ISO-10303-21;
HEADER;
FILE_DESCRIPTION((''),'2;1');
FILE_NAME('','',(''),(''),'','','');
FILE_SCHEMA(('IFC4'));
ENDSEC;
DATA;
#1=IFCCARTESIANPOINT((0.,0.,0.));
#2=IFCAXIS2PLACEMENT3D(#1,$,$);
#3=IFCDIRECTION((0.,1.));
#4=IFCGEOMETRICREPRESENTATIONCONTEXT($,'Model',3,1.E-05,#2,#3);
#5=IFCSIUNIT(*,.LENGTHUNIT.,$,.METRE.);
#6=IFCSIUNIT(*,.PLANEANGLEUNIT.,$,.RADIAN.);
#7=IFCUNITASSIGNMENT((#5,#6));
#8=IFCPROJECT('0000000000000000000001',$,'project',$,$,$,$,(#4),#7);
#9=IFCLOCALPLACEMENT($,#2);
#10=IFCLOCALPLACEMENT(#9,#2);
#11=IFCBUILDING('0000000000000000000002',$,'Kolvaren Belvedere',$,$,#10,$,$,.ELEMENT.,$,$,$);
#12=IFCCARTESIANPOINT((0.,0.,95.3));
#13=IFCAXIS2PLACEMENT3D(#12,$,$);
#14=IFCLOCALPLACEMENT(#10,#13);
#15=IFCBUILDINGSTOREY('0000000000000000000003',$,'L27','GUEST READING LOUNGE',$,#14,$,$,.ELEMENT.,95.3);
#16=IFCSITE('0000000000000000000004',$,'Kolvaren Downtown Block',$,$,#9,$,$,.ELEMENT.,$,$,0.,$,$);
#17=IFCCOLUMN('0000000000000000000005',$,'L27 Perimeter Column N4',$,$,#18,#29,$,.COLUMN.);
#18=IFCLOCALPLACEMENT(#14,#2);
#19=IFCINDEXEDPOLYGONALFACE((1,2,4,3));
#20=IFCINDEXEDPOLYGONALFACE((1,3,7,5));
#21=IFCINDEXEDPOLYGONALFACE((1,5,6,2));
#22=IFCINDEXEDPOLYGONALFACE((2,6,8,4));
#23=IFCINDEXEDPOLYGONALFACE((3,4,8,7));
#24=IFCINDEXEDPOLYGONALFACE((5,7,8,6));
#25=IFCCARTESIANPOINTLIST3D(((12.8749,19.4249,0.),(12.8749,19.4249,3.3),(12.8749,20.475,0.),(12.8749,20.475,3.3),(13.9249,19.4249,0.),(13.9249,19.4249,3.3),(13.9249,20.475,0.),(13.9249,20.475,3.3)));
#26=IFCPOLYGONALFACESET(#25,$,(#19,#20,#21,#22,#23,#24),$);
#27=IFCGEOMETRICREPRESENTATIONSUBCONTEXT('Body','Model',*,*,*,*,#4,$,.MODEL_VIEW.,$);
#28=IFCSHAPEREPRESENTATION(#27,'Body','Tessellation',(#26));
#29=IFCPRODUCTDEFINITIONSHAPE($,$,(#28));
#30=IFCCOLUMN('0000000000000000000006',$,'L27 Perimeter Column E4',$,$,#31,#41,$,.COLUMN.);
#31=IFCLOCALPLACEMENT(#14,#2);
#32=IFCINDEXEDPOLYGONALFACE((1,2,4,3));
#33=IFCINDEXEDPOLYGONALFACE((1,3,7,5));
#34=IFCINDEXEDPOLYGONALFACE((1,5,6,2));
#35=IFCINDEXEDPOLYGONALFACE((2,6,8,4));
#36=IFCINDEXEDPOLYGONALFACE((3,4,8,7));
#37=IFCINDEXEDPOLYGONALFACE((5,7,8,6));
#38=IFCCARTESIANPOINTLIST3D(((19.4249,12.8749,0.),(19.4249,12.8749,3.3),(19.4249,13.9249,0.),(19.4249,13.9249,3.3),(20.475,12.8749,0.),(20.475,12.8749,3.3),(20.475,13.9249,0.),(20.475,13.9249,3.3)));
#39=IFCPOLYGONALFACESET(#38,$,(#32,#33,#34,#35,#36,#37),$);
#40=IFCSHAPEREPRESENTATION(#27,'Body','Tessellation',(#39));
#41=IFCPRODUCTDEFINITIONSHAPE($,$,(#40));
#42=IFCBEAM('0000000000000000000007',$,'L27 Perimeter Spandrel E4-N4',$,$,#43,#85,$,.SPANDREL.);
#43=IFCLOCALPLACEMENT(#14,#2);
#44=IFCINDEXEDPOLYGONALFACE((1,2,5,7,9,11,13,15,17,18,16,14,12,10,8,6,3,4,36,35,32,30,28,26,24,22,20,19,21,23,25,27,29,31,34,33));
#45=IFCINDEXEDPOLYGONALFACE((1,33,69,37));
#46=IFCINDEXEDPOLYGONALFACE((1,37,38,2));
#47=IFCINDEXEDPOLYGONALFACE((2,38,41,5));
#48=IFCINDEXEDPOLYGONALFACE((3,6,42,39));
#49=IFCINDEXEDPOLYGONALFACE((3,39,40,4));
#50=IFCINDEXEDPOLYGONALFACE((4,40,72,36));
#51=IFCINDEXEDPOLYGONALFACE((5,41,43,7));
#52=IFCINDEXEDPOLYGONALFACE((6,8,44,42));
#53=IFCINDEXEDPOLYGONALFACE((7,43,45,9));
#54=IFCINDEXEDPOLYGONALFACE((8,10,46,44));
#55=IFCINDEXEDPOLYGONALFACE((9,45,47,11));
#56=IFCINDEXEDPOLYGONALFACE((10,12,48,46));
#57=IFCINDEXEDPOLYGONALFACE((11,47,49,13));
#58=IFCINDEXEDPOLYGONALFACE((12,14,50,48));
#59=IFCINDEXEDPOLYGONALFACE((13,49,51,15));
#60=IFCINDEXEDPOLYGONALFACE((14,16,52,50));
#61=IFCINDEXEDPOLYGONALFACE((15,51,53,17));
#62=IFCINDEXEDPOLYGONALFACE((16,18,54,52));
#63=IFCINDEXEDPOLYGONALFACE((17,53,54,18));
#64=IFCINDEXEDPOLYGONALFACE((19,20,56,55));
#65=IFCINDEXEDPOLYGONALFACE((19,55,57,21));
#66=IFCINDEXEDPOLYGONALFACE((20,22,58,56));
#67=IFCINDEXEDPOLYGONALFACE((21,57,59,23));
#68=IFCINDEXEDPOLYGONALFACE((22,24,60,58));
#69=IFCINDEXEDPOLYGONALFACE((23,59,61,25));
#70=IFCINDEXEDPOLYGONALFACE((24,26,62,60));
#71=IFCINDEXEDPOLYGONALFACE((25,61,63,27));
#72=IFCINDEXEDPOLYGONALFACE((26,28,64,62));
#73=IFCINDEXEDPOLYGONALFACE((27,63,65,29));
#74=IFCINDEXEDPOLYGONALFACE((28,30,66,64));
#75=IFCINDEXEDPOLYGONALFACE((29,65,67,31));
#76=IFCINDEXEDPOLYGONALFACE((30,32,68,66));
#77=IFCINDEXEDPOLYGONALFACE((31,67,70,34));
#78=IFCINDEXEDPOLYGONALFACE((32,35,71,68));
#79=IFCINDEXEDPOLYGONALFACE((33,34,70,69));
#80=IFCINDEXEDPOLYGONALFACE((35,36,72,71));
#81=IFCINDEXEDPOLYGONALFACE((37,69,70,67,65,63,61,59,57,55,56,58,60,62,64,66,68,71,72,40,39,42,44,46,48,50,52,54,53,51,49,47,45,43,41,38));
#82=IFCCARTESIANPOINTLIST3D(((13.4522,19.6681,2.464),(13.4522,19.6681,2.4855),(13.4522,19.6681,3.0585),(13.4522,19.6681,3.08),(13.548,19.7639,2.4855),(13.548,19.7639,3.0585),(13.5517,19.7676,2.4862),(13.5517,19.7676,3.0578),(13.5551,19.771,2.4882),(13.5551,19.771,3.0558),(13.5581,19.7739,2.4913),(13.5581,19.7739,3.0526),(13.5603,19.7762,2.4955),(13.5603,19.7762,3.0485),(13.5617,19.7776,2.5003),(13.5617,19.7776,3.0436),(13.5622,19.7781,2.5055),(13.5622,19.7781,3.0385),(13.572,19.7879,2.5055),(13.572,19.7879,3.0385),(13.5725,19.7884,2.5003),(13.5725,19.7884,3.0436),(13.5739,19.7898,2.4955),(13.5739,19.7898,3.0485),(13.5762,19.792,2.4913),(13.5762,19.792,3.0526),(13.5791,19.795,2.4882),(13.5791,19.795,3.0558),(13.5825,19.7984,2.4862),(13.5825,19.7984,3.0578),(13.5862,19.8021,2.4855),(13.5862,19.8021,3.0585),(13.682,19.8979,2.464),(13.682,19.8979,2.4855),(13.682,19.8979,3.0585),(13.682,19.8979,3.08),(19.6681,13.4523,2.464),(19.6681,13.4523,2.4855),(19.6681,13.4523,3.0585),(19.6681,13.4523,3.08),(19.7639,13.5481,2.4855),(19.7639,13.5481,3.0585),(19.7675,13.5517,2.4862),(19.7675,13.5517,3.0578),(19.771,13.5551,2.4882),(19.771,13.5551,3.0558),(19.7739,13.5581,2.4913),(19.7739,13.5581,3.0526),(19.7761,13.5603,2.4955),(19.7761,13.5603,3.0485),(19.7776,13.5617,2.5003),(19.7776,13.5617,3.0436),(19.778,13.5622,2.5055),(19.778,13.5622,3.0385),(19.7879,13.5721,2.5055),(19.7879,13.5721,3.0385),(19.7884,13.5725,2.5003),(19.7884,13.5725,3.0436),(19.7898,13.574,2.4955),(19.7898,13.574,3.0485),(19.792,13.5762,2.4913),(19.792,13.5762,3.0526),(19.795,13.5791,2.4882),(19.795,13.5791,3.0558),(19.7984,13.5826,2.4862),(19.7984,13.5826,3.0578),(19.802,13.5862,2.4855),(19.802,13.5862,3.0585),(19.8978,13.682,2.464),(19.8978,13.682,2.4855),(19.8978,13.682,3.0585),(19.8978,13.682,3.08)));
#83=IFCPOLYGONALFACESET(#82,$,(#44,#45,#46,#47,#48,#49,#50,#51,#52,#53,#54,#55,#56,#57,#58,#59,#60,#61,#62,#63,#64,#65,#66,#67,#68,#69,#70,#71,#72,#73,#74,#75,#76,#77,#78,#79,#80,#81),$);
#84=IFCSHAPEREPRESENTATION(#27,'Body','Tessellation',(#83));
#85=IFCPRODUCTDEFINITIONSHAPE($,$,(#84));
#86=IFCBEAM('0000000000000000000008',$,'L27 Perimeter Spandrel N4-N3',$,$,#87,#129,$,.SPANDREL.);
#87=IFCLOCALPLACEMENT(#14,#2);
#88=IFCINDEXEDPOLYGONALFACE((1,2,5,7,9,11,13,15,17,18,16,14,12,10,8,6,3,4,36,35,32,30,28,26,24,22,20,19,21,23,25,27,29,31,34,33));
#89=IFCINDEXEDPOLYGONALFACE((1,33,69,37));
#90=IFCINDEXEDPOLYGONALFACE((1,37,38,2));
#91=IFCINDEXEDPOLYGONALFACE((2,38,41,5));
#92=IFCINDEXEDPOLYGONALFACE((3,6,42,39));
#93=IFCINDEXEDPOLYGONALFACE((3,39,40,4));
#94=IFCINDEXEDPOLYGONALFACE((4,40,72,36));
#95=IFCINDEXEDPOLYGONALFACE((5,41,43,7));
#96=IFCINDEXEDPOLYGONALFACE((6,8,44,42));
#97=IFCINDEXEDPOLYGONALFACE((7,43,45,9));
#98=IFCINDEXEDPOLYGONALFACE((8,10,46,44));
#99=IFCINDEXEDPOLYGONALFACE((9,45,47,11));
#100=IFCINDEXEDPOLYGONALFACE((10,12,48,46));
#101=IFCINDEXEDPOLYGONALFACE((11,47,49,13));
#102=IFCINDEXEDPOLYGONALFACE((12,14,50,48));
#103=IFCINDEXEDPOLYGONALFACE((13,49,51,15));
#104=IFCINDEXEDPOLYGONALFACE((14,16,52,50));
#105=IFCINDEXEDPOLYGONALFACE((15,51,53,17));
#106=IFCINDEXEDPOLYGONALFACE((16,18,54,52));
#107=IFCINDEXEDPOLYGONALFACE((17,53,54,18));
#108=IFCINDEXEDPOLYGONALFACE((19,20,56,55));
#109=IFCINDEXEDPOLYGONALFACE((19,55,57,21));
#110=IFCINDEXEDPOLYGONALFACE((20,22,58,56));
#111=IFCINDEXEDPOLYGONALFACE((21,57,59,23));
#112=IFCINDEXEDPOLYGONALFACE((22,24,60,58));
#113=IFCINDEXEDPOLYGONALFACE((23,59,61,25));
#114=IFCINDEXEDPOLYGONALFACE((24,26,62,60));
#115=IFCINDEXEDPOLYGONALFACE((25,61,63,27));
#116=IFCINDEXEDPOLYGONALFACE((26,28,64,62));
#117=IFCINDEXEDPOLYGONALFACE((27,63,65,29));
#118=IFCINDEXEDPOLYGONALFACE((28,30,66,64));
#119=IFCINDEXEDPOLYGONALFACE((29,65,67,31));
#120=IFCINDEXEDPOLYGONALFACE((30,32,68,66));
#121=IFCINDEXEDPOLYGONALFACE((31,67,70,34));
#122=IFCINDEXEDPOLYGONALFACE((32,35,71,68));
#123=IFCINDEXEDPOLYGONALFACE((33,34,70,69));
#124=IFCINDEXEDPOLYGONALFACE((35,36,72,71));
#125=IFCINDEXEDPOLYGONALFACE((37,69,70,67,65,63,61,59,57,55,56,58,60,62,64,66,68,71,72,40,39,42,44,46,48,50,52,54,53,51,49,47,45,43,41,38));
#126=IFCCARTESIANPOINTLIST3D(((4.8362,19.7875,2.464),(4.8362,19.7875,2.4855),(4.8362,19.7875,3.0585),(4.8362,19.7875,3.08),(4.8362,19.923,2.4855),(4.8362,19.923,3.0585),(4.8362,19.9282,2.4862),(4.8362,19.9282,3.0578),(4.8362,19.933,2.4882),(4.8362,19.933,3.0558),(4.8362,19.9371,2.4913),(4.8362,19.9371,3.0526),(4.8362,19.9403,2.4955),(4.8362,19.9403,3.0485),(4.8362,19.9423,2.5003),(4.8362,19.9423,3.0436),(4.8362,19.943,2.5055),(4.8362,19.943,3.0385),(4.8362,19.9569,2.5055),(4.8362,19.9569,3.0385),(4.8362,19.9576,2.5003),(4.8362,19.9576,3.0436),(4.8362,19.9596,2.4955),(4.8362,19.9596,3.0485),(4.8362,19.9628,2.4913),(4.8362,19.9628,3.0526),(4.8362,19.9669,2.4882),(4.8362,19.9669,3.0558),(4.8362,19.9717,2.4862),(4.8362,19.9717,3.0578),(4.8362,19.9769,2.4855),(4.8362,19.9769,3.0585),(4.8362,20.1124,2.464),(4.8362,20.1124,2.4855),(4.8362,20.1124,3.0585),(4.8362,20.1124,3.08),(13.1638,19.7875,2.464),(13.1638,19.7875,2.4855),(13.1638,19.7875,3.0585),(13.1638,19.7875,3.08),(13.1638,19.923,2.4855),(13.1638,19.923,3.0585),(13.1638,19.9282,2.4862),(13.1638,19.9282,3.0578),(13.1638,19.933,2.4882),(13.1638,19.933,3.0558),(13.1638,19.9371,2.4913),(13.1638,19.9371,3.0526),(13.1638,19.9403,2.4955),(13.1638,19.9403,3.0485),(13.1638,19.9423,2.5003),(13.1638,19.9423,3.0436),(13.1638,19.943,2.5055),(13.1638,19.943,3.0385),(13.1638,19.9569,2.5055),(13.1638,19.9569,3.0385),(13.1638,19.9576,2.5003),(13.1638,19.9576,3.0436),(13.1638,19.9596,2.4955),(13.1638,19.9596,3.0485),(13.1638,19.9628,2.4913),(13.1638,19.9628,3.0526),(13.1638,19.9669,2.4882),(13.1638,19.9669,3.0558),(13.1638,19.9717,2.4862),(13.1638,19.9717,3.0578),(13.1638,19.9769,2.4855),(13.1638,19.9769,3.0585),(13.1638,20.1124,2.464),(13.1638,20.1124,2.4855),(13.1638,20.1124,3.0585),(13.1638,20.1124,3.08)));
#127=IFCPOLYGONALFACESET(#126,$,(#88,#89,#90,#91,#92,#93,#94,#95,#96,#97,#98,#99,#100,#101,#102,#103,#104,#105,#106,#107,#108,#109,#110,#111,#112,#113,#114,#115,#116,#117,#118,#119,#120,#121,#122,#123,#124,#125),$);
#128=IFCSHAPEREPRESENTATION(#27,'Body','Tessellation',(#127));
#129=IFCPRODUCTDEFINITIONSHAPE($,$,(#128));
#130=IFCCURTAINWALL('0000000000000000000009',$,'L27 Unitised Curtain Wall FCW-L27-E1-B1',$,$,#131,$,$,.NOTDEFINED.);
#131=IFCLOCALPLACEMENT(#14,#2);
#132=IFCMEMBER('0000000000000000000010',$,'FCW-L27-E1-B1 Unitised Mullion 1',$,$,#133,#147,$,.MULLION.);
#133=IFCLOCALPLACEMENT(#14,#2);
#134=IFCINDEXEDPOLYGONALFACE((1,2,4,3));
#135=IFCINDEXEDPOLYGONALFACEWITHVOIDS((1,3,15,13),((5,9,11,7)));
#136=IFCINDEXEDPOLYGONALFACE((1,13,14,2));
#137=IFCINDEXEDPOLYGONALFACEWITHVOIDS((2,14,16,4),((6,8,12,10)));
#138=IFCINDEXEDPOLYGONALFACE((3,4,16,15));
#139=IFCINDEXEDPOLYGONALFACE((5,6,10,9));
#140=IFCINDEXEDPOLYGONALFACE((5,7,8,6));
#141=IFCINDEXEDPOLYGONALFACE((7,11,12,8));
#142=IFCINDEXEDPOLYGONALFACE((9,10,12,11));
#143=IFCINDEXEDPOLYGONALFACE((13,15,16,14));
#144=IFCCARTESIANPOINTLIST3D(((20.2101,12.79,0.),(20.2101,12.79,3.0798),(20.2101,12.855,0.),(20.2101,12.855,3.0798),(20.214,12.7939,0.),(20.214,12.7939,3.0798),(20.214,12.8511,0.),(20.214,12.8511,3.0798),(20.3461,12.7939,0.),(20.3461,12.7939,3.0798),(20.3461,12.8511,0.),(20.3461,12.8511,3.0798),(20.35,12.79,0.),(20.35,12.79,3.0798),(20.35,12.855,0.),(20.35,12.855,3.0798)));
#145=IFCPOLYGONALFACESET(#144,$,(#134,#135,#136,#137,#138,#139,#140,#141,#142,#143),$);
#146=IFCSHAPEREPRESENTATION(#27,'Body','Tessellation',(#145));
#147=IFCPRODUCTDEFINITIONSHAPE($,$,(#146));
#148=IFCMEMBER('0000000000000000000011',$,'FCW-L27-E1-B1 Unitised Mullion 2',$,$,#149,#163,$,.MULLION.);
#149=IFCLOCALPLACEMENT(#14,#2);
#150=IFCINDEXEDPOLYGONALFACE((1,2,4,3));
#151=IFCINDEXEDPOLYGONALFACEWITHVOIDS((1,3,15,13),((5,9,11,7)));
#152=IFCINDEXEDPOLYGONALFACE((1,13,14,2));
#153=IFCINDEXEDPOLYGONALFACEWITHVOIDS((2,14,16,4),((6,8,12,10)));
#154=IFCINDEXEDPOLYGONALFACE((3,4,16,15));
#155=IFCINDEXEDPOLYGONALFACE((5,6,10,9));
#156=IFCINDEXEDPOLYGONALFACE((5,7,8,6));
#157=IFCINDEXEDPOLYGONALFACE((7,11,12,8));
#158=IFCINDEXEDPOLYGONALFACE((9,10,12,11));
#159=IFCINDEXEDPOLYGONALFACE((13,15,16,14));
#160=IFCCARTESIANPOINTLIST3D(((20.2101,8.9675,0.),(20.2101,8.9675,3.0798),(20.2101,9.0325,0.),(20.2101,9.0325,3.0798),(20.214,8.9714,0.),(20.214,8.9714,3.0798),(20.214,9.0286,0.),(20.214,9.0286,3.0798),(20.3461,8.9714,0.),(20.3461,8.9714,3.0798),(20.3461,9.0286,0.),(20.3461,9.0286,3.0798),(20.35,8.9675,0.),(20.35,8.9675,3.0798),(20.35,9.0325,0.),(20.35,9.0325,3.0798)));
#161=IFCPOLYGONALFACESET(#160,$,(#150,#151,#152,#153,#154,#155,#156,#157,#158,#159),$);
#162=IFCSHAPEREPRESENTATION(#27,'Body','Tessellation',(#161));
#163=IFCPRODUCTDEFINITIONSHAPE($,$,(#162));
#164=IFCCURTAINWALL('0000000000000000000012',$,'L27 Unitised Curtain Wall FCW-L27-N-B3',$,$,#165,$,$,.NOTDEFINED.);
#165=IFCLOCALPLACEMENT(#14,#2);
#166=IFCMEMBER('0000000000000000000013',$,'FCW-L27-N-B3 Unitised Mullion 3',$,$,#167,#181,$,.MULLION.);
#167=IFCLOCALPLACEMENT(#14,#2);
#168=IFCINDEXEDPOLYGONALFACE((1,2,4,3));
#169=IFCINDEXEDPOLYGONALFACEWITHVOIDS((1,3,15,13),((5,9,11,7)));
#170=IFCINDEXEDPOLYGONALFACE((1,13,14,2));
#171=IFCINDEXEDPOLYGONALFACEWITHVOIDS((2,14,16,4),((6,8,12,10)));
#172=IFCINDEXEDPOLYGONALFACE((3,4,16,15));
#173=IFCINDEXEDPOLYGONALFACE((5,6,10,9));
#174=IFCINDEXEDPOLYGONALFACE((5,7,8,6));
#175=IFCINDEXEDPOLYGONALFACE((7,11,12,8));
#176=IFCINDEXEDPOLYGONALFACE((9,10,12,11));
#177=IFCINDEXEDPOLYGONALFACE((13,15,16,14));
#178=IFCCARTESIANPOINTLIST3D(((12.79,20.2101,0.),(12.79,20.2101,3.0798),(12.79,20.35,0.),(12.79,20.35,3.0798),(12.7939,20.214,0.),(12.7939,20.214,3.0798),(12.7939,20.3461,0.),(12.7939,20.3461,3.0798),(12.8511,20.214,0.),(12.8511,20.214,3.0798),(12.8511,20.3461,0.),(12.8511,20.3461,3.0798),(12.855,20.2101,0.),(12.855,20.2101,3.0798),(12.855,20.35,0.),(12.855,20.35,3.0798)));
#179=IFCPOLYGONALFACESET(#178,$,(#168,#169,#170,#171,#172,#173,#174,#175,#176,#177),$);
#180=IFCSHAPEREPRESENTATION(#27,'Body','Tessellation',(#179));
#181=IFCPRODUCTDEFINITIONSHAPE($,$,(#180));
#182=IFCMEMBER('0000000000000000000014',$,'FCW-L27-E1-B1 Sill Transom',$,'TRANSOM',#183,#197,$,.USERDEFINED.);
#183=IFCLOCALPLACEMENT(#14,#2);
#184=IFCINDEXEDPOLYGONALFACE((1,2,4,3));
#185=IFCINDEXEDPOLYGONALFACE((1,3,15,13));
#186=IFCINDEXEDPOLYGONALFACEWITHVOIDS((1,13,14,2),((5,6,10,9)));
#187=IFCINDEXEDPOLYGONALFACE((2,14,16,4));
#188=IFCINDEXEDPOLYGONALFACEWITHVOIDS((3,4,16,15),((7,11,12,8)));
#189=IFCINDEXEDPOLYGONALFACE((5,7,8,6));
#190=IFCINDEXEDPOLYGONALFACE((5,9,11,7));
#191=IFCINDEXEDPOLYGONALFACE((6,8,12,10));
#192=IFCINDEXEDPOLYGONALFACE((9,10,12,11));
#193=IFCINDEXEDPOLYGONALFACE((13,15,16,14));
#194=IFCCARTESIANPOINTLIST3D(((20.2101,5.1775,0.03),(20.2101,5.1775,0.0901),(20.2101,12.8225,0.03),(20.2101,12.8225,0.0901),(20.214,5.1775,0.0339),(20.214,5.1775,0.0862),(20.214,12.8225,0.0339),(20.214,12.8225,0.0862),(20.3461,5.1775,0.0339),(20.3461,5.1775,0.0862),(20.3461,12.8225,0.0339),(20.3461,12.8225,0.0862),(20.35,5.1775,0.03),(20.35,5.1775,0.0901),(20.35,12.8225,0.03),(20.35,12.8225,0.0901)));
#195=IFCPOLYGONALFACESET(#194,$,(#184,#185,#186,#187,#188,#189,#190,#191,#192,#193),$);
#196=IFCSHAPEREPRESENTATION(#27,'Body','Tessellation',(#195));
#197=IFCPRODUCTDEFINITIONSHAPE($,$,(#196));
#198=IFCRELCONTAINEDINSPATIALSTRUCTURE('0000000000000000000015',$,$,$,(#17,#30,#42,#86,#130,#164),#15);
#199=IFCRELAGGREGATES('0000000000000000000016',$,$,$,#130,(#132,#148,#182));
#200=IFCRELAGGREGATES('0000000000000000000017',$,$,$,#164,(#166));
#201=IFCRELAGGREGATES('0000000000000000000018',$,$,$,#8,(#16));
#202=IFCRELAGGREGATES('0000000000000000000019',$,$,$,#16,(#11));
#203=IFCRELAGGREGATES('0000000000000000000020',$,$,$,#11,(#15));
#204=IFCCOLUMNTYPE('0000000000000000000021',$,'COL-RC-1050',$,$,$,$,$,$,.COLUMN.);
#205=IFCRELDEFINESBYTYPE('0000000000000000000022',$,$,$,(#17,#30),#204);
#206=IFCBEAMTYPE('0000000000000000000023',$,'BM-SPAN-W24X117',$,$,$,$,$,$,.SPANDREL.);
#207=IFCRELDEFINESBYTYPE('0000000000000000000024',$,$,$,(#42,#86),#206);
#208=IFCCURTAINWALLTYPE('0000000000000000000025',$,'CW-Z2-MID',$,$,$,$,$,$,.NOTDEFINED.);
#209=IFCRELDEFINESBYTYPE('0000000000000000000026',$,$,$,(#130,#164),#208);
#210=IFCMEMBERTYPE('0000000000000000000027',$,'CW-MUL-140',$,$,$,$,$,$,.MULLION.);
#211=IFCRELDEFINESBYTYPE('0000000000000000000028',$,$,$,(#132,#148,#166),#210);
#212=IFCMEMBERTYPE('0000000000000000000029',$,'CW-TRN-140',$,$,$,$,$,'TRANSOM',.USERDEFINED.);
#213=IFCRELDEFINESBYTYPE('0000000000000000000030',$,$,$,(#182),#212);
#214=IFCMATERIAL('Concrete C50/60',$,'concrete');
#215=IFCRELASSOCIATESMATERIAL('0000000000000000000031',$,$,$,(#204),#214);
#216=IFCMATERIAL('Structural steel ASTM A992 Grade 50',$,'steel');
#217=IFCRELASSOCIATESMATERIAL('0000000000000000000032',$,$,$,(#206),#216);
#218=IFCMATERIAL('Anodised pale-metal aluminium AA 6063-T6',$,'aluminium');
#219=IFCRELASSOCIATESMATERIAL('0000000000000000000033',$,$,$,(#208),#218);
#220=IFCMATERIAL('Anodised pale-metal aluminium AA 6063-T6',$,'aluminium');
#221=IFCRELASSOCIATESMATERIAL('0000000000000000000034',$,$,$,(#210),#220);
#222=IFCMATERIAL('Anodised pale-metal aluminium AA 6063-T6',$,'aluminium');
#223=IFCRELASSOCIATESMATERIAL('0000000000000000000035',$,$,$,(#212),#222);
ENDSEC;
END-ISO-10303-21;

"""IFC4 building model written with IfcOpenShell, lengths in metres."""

from ifc_helpers import new_model, si_unit, direction, frame, origin, origin_2d, place, context, subcontext, project, spatial, rectangle, hollow_rectangle, i_section, extrude, material, material_profile, profile_set, type_object, element, aggregate, save


model = new_model("IFC4")

# Units and contexts
model_context = context("Model", 3, precision=1e-05, world=origin(), true_north=direction((0.0, 1.0)))
body_context = subcontext(model_context, "Body", "Model", "MODEL_VIEW")
ifc_project = project(units=[si_unit("LENGTHUNIT", "METRE"), si_unit("PLANEANGLEUNIT", "RADIAN")], contexts=[model_context])

# Site, building, storey
site_placement = place(None, origin())
site = spatial("IfcSite", under=ifc_project, at=site_placement, Name="Kolvaren Downtown Block", CompositionType="ELEMENT", RefElevation=0.0)
building_placement = place(site_placement, origin())
building = spatial("IfcBuilding", under=site, at=building_placement, Name="Kolvaren Belvedere", CompositionType="ELEMENT")
storey_placement = place(building_placement, frame((0.0, 0.0, 95.3)))
storey = spatial("IfcBuildingStorey", under=building, at=storey_placement, Name="L27", Description="GUEST READING LOUNGE", CompositionType="ELEMENT", Elevation=95.3)

# Columns
ifc_material_1 = material(Name="Concrete C50/60", Category="concrete")
ifc_material_profile_1 = material_profile(ifc_material_1, rectangle(XDim=1.05, YDim=1.05, at=origin_2d()), Name="RC 1050X1050")
ifc_profile_set_1 = profile_set([ifc_material_profile_1], Name="Concrete C50/60")
column_type = type_object("IfcColumnType", Name="COL-RC-1050", PredefinedType="COLUMN", material=ifc_profile_set_1)
for number, where, z_axis, x_axis, name in (
    (1, (13.3999, 19.95, 0.0), (0.0, 0.0, 1.0), (1.0, 0.0, 0.0), "L27 Perimeter Column N4"),
    (2, (19.95, 13.3999, 0.0), (0.0, 0.0, 1.0), (1.0, 0.0, 0.0), "L27 Perimeter Column E4"),
):
    element("IfcColumn", number, at=place(storey_placement, frame(where, z_axis=z_axis, x_axis=x_axis)), inside=storey, type_object=column_type, Name=name, PredefinedType="COLUMN", context=body_context, shape_type="SweptSolid", body=[
        extrude(rectangle(XDim=1.05, YDim=1.05, at=origin_2d()), origin(), (0.0, 0.0, 1.0), 3.3),
    ])

# Beams
ifc_material_2 = material(Name="Structural steel ASTM A992 Grade 50", Category="steel")
ifc_material_profile_2 = material_profile(ifc_material_2, i_section(OverallWidth=0.325, OverallDepth=0.616, WebThickness=0.0139, FlangeThickness=0.0215, FilletRadius=0.02, at=origin_2d()), Name="W24X117")
ifc_profile_set_2 = profile_set([ifc_material_profile_2], Name="Structural steel ASTM A992 Grade 50")
beam_type = type_object("IfcBeamType", Name="BM-SPAN-W24X117", PredefinedType="SPANDREL", material=ifc_profile_set_2)
beam_1_placement = place(storey_placement, frame((19.783, 13.5671, 2.772), z_axis=(-0.707107, 0.707107, 0.0), x_axis=(-0.707107, -0.707107, 0.0)))
element("IfcBeam", 3, at=beam_1_placement, inside=storey, type_object=beam_type, Name="L27 Perimeter Spandrel E4-N4", PredefinedType="SPANDREL", context=body_context, shape_type="SweptSolid", body=[
    extrude(i_section(OverallWidth=0.325, OverallDepth=0.616, WebThickness=0.0139, FlangeThickness=0.0215, FilletRadius=0.02, at=origin_2d()), origin(), (0.0, 0.0, 1.0), 8.7905),
])
beam_2_placement = place(storey_placement, frame((13.1638, 19.95, 2.772), z_axis=(-1.0, 0.0, 0.0), x_axis=(0.0, -1.0, 0.0)))
element("IfcBeam", 4, at=beam_2_placement, inside=storey, type_object=beam_type, Name="L27 Perimeter Spandrel N4-N3", PredefinedType="SPANDREL", context=body_context, shape_type="SweptSolid", body=[
    extrude(i_section(OverallWidth=0.325, OverallDepth=0.616, WebThickness=0.0139, FlangeThickness=0.0215, FilletRadius=0.02, at=origin_2d()), origin(), (0.0, 0.0, 1.0), 8.3276),
])

# Curtain wall, members
ifc_material_3 = material(Name="Anodised pale-metal aluminium AA 6063-T6", Category="aluminium")
curtain_wall_type = type_object("IfcCurtainWallType", Name="CW-Z2-MID", PredefinedType="NOTDEFINED", material=ifc_material_3)
curtain_wall_1_placement = place(storey_placement, origin())
curtain_wall_1 = element("IfcCurtainWall", 5, at=curtain_wall_1_placement, inside=storey, type_object=curtain_wall_type, Name="L27 Unitised Curtain Wall FCW-L27-E1-B1", PredefinedType="NOTDEFINED")
ifc_material_4 = material(Name="Anodised pale-metal aluminium AA 6063-T6", Category="aluminium")
ifc_material_profile_3 = material_profile(ifc_material_4, hollow_rectangle(XDim=0.0649, YDim=0.1399, WallThickness=0.0039, at=origin_2d()), Name="ALU-MUL-140X65")
ifc_profile_set_3 = profile_set([ifc_material_profile_3], Name="Anodised pale-metal aluminium AA 6063-T6")
member_type_1 = type_object("IfcMemberType", Name="CW-MUL-140", PredefinedType="MULLION", material=ifc_profile_set_3)
member_1_placement = place(storey_placement, frame((20.28, 12.8225, 0.0), z_axis=(0.0, 0.0, 1.0), x_axis=(0.0, 1.0, 0.0)))
member_1 = element("IfcMember", 6, at=member_1_placement, type_object=member_type_1, Name="FCW-L27-E1-B1 Unitised Mullion 1", PredefinedType="MULLION", context=body_context, shape_type="SweptSolid", body=[
    extrude(hollow_rectangle(XDim=0.0649, YDim=0.1399, WallThickness=0.0039, at=origin_2d()), origin(), (0.0, 0.0, 1.0), 3.0798),
])
member_2_placement = place(storey_placement, frame((20.28, 9.0, 0.0), z_axis=(0.0, 0.0, 1.0), x_axis=(0.0, 1.0, 0.0)))
member_2 = element("IfcMember", 7, at=member_2_placement, type_object=member_type_1, Name="FCW-L27-E1-B1 Unitised Mullion 2", PredefinedType="MULLION", context=body_context, shape_type="SweptSolid", body=[
    extrude(hollow_rectangle(XDim=0.0649, YDim=0.1399, WallThickness=0.0039, at=origin_2d()), origin(), (0.0, 0.0, 1.0), 3.0798),
])

# Curtain wall, member
curtain_wall_2_placement = place(storey_placement, origin())
curtain_wall_2 = element("IfcCurtainWall", 8, at=curtain_wall_2_placement, inside=storey, type_object=curtain_wall_type, Name="L27 Unitised Curtain Wall FCW-L27-N-B3", PredefinedType="NOTDEFINED")
member_3_placement = place(storey_placement, frame((12.8225, 20.28, 0.0), z_axis=(0.0, 0.0, 1.0), x_axis=(1.0, 0.0, 0.0)))
member_3 = element("IfcMember", 9, at=member_3_placement, type_object=member_type_1, Name="FCW-L27-N-B3 Unitised Mullion 3", PredefinedType="MULLION", context=body_context, shape_type="SweptSolid", body=[
    extrude(hollow_rectangle(XDim=0.0649, YDim=0.1399, WallThickness=0.0039, at=origin_2d()), origin(), (0.0, 0.0, 1.0), 3.0798),
])

# Member
ifc_material_5 = material(Name="Anodised pale-metal aluminium AA 6063-T6", Category="aluminium")
ifc_material_profile_4 = material_profile(ifc_material_5, hollow_rectangle(XDim=0.0601, YDim=0.1399, WallThickness=0.0039, at=origin_2d()), Name="ALU-TRN-140X60")
ifc_profile_set_4 = profile_set([ifc_material_profile_4], Name="Anodised pale-metal aluminium AA 6063-T6")
member_type_2 = type_object("IfcMemberType", Name="CW-TRN-140", ElementType="TRANSOM", PredefinedType="USERDEFINED", material=ifc_profile_set_4)
member_4_placement = place(storey_placement, frame((20.28, 12.8225, 0.0601), z_axis=(0.0, -1.0, 0.0), x_axis=(0.0, 0.0, 1.0)))
member_4 = element("IfcMember", 10, at=member_4_placement, type_object=member_type_2, Name="FCW-L27-E1-B1 Sill Transom", ObjectType="TRANSOM", PredefinedType="USERDEFINED", context=body_context, shape_type="SweptSolid", body=[
    extrude(hollow_rectangle(XDim=0.0601, YDim=0.1399, WallThickness=0.0039, at=origin_2d()), origin(), (0.0, 0.0, 1.0), 7.645),
])

aggregate(curtain_wall_1, [member_1, member_2, member_4])
aggregate(curtain_wall_2, [member_3])

save(model, "model.ifc")
